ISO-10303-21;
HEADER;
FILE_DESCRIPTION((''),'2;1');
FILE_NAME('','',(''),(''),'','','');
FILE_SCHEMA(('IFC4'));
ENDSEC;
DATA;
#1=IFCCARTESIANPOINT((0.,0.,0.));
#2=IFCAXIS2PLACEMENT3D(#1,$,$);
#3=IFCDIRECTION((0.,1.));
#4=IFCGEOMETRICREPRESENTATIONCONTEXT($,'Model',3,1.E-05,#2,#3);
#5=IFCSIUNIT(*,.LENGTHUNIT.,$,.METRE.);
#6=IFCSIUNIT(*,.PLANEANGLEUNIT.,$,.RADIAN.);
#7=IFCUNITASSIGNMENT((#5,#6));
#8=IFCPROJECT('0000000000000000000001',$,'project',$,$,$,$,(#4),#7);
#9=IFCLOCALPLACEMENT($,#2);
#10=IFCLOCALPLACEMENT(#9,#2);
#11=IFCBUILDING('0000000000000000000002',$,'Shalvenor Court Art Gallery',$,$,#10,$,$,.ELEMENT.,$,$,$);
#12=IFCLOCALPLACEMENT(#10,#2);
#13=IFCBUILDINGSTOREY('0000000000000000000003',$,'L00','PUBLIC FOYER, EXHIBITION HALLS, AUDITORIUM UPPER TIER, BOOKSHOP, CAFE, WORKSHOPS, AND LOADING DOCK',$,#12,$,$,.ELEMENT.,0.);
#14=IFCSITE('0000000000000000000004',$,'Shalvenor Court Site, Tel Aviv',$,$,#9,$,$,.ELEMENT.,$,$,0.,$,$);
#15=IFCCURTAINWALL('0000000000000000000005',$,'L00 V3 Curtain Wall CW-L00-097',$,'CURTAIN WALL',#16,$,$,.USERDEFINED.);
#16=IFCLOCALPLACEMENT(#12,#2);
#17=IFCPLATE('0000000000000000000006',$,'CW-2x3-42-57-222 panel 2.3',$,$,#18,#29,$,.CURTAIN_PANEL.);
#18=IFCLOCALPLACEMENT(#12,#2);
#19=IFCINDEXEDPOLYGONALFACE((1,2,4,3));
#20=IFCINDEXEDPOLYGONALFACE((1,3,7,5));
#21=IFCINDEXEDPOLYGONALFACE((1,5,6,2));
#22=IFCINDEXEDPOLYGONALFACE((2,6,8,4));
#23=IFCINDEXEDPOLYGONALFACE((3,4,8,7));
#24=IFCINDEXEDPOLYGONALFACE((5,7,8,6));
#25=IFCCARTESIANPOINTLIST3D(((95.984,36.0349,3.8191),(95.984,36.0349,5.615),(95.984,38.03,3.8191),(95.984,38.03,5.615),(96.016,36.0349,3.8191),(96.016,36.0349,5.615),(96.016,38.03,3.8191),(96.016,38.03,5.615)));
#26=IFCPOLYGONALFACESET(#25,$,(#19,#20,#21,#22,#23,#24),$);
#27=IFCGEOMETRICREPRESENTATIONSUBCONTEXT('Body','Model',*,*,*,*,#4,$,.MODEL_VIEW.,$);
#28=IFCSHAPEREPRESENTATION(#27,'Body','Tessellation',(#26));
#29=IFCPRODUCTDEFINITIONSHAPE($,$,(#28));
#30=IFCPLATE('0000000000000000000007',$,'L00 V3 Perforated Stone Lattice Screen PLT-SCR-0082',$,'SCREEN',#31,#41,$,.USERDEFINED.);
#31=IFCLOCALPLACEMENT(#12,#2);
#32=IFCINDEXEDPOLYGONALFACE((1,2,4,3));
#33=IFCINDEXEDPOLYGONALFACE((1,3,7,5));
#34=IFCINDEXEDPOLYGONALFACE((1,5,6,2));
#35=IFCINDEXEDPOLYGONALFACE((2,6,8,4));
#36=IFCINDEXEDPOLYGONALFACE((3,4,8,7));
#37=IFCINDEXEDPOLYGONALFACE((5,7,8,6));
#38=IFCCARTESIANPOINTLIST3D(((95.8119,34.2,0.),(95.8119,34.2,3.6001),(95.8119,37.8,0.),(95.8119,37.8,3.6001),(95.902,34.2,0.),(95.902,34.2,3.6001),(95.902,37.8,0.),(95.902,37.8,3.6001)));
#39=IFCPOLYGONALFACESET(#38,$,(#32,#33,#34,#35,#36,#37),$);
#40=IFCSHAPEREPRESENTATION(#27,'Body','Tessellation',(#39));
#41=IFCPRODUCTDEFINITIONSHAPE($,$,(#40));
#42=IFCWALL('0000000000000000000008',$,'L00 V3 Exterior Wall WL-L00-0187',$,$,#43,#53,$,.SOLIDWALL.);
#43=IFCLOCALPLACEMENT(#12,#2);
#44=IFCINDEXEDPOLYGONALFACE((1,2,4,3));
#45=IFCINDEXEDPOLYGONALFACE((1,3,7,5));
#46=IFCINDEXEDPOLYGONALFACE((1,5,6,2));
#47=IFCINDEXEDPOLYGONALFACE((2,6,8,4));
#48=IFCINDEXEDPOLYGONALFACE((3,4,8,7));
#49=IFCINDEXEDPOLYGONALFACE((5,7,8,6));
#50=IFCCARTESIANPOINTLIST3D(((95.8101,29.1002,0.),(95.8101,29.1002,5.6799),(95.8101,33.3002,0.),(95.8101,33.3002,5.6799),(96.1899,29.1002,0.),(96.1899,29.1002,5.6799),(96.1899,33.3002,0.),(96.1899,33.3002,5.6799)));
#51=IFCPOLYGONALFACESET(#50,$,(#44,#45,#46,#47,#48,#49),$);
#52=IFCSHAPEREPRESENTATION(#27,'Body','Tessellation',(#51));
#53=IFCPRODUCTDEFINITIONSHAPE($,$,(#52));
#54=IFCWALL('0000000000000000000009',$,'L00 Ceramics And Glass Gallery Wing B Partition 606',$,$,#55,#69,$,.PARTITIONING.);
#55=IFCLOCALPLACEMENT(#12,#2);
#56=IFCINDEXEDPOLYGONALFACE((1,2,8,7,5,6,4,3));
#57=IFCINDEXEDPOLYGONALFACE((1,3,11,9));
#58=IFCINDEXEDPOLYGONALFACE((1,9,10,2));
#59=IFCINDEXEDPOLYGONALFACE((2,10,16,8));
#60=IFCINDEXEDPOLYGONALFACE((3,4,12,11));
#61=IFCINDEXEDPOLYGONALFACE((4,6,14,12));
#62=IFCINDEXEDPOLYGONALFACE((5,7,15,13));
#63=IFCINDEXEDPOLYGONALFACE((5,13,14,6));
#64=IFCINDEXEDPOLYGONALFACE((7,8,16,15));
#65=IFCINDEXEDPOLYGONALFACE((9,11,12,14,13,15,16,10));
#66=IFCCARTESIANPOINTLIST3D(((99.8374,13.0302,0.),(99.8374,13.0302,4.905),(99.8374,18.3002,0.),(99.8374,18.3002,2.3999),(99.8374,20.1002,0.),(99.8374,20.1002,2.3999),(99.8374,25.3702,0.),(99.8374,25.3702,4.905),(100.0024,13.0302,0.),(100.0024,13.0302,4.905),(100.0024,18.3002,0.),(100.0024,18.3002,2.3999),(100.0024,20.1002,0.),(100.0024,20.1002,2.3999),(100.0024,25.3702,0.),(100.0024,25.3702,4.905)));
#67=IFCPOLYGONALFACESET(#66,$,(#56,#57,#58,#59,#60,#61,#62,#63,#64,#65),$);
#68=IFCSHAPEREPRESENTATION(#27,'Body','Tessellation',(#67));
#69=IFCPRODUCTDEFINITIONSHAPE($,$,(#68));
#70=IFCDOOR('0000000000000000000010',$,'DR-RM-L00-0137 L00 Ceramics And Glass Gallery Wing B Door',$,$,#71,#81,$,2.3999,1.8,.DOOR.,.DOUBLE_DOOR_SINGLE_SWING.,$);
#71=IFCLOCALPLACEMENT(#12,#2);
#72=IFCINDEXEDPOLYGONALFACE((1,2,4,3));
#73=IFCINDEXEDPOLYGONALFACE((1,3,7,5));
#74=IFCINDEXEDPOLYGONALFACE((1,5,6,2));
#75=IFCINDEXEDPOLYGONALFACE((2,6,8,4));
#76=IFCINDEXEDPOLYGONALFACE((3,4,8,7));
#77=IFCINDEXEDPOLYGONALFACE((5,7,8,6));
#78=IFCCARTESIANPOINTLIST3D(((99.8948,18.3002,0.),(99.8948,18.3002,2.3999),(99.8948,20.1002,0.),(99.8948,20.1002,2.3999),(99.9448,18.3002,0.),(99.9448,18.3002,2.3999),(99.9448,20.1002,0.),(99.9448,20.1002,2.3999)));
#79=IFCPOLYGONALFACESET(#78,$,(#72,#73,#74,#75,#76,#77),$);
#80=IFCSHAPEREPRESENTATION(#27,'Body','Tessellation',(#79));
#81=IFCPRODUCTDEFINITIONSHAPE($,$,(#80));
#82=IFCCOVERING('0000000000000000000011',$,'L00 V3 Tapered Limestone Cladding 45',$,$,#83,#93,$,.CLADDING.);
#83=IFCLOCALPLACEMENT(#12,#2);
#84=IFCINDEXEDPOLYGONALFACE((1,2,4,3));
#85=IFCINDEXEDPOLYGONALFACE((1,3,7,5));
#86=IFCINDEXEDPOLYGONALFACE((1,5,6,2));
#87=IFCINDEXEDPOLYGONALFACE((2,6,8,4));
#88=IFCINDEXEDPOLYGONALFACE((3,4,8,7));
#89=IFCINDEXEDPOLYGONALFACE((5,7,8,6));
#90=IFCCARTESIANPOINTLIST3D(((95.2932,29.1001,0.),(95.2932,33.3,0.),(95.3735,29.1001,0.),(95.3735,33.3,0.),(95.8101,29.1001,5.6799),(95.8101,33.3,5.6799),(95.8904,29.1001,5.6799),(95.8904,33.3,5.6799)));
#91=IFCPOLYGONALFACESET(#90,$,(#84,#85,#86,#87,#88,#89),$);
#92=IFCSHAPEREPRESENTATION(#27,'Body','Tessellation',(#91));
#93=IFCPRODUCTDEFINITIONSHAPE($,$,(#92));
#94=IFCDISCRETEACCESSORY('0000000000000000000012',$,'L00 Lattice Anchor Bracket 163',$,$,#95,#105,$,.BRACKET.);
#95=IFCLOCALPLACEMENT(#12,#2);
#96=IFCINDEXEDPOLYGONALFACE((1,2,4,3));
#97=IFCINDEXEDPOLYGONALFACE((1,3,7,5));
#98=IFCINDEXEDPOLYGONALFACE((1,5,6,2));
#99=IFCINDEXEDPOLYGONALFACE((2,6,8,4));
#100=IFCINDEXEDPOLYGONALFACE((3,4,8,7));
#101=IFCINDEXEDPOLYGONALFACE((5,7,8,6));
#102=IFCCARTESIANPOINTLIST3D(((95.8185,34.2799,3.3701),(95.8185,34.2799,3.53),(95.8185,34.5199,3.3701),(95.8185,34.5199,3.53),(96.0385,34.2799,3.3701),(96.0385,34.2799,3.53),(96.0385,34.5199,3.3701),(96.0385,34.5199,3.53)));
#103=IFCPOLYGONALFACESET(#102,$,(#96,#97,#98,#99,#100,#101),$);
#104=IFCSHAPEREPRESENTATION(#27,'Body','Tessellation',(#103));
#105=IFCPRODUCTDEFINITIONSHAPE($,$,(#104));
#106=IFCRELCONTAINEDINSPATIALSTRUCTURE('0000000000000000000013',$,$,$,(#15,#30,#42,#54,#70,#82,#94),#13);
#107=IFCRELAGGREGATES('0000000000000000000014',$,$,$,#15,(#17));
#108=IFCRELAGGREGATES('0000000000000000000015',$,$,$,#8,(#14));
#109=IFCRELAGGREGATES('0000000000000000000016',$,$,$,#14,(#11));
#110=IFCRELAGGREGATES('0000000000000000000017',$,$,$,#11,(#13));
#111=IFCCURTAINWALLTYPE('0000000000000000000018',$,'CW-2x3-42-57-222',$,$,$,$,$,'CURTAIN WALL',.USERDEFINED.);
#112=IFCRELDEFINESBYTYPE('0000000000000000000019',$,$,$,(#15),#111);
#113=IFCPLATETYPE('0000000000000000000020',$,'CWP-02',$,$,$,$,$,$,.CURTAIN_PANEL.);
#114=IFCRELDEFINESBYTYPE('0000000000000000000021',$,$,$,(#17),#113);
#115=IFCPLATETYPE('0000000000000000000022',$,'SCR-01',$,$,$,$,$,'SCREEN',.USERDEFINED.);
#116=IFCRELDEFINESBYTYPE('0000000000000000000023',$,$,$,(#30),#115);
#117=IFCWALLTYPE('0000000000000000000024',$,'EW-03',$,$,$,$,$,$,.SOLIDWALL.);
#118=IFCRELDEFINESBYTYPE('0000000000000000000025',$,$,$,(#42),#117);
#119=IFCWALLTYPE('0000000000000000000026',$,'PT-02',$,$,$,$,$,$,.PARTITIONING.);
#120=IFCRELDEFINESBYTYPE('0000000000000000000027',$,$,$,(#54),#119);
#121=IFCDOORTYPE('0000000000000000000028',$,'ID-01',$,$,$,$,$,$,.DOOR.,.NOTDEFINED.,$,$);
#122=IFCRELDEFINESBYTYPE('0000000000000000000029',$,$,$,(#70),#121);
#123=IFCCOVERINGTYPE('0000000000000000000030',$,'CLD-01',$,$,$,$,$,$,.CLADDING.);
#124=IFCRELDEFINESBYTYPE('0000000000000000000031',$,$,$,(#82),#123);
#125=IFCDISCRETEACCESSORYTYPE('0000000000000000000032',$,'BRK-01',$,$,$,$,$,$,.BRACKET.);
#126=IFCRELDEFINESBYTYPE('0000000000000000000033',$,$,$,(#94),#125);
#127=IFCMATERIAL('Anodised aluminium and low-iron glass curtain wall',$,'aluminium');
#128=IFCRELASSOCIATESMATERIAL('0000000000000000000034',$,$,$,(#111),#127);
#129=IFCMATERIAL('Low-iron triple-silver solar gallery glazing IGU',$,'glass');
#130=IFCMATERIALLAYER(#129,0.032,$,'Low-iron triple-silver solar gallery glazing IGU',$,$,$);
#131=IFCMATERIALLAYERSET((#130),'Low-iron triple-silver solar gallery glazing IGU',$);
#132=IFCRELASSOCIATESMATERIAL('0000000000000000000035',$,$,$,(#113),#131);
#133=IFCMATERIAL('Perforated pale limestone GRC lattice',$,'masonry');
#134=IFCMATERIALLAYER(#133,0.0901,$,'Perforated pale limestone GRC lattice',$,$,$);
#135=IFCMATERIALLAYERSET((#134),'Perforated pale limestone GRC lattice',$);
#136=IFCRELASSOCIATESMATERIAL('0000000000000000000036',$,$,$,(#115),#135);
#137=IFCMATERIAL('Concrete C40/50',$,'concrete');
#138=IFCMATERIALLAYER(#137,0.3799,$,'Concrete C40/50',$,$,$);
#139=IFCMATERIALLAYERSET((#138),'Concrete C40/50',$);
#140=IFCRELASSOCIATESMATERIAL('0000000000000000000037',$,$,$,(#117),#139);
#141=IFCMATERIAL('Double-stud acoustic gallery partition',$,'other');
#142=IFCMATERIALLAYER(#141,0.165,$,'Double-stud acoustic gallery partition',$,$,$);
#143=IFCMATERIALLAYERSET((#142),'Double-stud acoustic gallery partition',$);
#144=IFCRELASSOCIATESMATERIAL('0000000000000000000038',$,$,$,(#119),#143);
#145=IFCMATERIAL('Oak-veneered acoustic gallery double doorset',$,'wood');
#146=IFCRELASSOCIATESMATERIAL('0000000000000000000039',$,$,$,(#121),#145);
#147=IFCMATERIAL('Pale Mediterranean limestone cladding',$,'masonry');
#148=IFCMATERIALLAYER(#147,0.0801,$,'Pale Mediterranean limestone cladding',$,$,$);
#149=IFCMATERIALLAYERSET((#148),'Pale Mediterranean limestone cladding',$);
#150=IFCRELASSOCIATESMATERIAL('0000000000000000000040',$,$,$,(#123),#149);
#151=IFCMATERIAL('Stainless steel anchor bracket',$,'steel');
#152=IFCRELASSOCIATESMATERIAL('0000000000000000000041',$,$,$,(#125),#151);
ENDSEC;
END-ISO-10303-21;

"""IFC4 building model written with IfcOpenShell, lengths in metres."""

from ifc_helpers import new_model, si_unit, direction, frame, frame_2d, origin, origin_2d, place, context, subcontext, project, spatial, polyline, rectangle, outline, extrude, material, layer, layer_set, type_object, element, fill, aggregate, save


model = new_model("IFC4")

# Units and contexts
model_context = context("Model", 3, precision=1e-05, world=origin(), true_north=direction((0.0, 1.0)))
body_context = subcontext(model_context, "Body", "Model", "MODEL_VIEW")
ifc_project = project(units=[si_unit("LENGTHUNIT", "METRE"), si_unit("PLANEANGLEUNIT", "RADIAN")], contexts=[model_context])

# Site, building, storey
site_placement = place(None, origin())
site = spatial("IfcSite", under=ifc_project, at=site_placement, Name="Shalvenor Court Site, Tel Aviv", CompositionType="ELEMENT", RefElevation=0.0)
building_placement = place(site_placement, origin())
building = spatial("IfcBuilding", under=site, at=building_placement, Name="Shalvenor Court Art Gallery", CompositionType="ELEMENT")
storey_placement = place(building_placement, origin())
storey = spatial("IfcBuildingStorey", under=building, at=storey_placement, Name="L00", Description="PUBLIC FOYER, EXHIBITION HALLS, AUDITORIUM UPPER TIER, BOOKSHOP, CAFE, WORKSHOPS, AND LOADING DOCK", CompositionType="ELEMENT", Elevation=0.0)

# Curtain wall
ifc_material_1 = material(Name="Anodised aluminium and low-iron glass curtain wall", Category="aluminium")
curtain_wall_type_1 = type_object("IfcCurtainWallType", Name="CW-2x3-42-57-222", ElementType="CURTAIN WALL", PredefinedType="USERDEFINED", material=ifc_material_1)
curtain_wall_1_placement = place(storey_placement, origin())
curtain_wall_1 = element("IfcCurtainWall", 1, at=curtain_wall_1_placement, inside=storey, type_object=curtain_wall_type_1, Name="L00 V3 Curtain Wall CW-L00-097", ObjectType="CURTAIN WALL", PredefinedType="USERDEFINED")

# Plates
ifc_material_2 = material(Name="Low-iron triple-silver solar gallery glazing IGU", Category="glass")
ifc_layer_1 = layer(ifc_material_2, 0.032, Name="Low-iron triple-silver solar gallery glazing IGU")
ifc_layer_set_1 = layer_set([ifc_layer_1], Name="Low-iron triple-silver solar gallery glazing IGU")
plate_type_1 = type_object("IfcPlateType", Name="CWP-02", PredefinedType="CURTAIN_PANEL", material=ifc_layer_set_1)
plate_1_placement = place(storey_placement, frame((96.0, 37.0325, 3.8191), z_axis=(0.0, 0.0, 1.0), x_axis=(0.0, 1.0, 0.0)))
plate_1 = element("IfcPlate", 2, at=plate_1_placement, type_object=plate_type_1, Name="CW-2x3-42-57-222 panel 2.3", PredefinedType="CURTAIN_PANEL", context=body_context, shape_type="SweptSolid", body=[
    extrude(rectangle(XDim=1.9951, YDim=0.032, at=origin_2d()), origin(), (0.0, 0.0, 1.0), 1.7959),
])
aggregate(curtain_wall_1, [plate_1])
ifc_material_3 = material(Name="Perforated pale limestone GRC lattice", Category="masonry")
ifc_layer_2 = layer(ifc_material_3, 0.0901, Name="Perforated pale limestone GRC lattice")
ifc_layer_set_2 = layer_set([ifc_layer_2], Name="Perforated pale limestone GRC lattice")
plate_type_2 = type_object("IfcPlateType", Name="SCR-01", ElementType="SCREEN", PredefinedType="USERDEFINED", material=ifc_layer_set_2)
plate_2_placement = place(storey_placement, frame((95.8569, 36.0, 0.0), z_axis=(0.0, 0.0, 1.0), x_axis=(0.0, 1.0, 0.0)))
element("IfcPlate", 3, at=plate_2_placement, inside=storey, type_object=plate_type_2, Name="L00 V3 Perforated Stone Lattice Screen PLT-SCR-0082", ObjectType="SCREEN", PredefinedType="USERDEFINED", context=body_context, shape_type="SweptSolid", body=[
    extrude(rectangle(XDim=3.6001, YDim=0.0901, at=origin_2d()), origin(), (0.0, 0.0, 1.0), 3.6001),
])

# Wall
ifc_material_4 = material(Name="Concrete C40/50", Category="concrete")
ifc_layer_3 = layer(ifc_material_4, 0.3799, Name="Concrete C40/50")
ifc_layer_set_3 = layer_set([ifc_layer_3], Name="Concrete C40/50")
wall_type_1 = type_object("IfcWallType", Name="EW-03", PredefinedType="SOLIDWALL", material=ifc_layer_set_3)
wall_1_placement = place(storey_placement, frame((96.0, 29.1001, 0.0), z_axis=(0.0, 0.0, 1.0), x_axis=(0.0, 1.0, 0.0)))
element("IfcWall", 4, at=wall_1_placement, inside=storey, type_object=wall_type_1, Name="L00 V3 Exterior Wall WL-L00-0187", PredefinedType="SOLIDWALL", context=body_context, shape_type="SweptSolid", body=[
    extrude(rectangle(XDim=4.2, YDim=0.3799, at=frame_2d((2.1001, 0.0))), origin(), (0.0, 0.0, 1.0), 5.6799),
])

# Wall, opening, door
ifc_material_5 = material(Name="Double-stud acoustic gallery partition", Category="other")
ifc_layer_4 = layer(ifc_material_5, 0.165, Name="Double-stud acoustic gallery partition")
ifc_layer_set_4 = layer_set([ifc_layer_4], Name="Double-stud acoustic gallery partition")
wall_type_2 = type_object("IfcWallType", Name="PT-02", PredefinedType="PARTITIONING", material=ifc_layer_set_4)
wall_2_placement = place(storey_placement, frame((99.9199, 25.3701, 0.0), z_axis=(0.0, 0.0, 1.0), x_axis=(0.0, -1.0, 0.0)))
wall_2 = element("IfcWall", 5, at=wall_2_placement, inside=storey, type_object=wall_type_2, Name="L00 Ceramics And Glass Gallery Wing B Partition 606", PredefinedType="PARTITIONING", context=body_context, shape_type="SweptSolid", body=[
    extrude(rectangle(XDim=12.3401, YDim=0.165, at=frame_2d((6.1699, 0.0))), origin(), (0.0, 0.0, 1.0), 4.905),
])
opening_placement = place(wall_2_placement, frame((5.27, 0.0, 0.0)))
opening = element("IfcOpeningElement", 6, at=opening_placement, cuts=wall_2, PredefinedType="OPENING", context=body_context, shape_type="SweptSolid", body=[
    extrude(rectangle(XDim=1.8, YDim=2.3999, at=frame_2d((0.8999, 1.2))), frame((0.0, 0.0925, 0.0), z_axis=(0.0, -1.0, 0.0), x_axis=(1.0, 0.0, 0.0)), (0.0, 0.0, 1.0), 0.1851),
])
ifc_material_6 = material(Name="Oak-veneered acoustic gallery double doorset", Category="wood")
door_type = type_object("IfcDoorType", Name="ID-01", OperationType="NOTDEFINED", PredefinedType="DOOR", material=ifc_material_6)
door_placement = place(opening_placement, origin())
door = element("IfcDoor", 7, at=door_placement, inside=storey, type_object=door_type, Name="DR-RM-L00-0137 L00 Ceramics And Glass Gallery Wing B Door", OperationType="DOUBLE_DOOR_SINGLE_SWING", OverallHeight=2.3999, OverallWidth=1.8, PredefinedType="DOOR", context=body_context, shape_type="SweptSolid", body=[
    extrude(rectangle(XDim=1.8, YDim=2.3999, at=frame_2d((0.8999, 1.2))), frame((0.0, 0.0249, 0.0), z_axis=(0.0, -1.0, 0.0), x_axis=(1.0, 0.0, 0.0)), (0.0, 0.0, 1.0), 0.05),
])
fill(opening, door)

# Covering
ifc_material_7 = material(Name="Pale Mediterranean limestone cladding", Category="masonry")
ifc_layer_5 = layer(ifc_material_7, 0.0801, Name="Pale Mediterranean limestone cladding")
ifc_layer_set_5 = layer_set([ifc_layer_5], Name="Pale Mediterranean limestone cladding")
covering_type = type_object("IfcCoveringType", Name="CLD-01", PredefinedType="CLADDING", material=ifc_layer_set_5)
covering_placement = place(storey_placement, frame((95.2932, 33.3, 0.0), z_axis=(0.0, 0.0, 1.0), x_axis=(0.0, -1.0, 0.0)))
element("IfcCovering", 8, at=covering_placement, inside=storey, type_object=covering_type, Name="L00 V3 Tapered Limestone Cladding 45", PredefinedType="CLADDING", context=body_context, shape_type="SweptSolid", body=[
    extrude(outline(polyline([(0.0, 0.0), (4.2, 0.0), (4.2, 5.7034), (0.0, 5.7034), (0.0, 0.0)])), frame((0.0, 0.0, 0.0), z_axis=(0.0, -0.995884, 0.090633), x_axis=(1.0, 0.0, 0.0)), (0.0, 0.090633, -0.995884), 0.0803),
])

# Discrete accessory
ifc_material_8 = material(Name="Stainless steel anchor bracket", Category="steel")
discrete_accessory_type = type_object("IfcDiscreteAccessoryType", Name="BRK-01", PredefinedType="BRACKET", material=ifc_material_8)
discrete_accessory_placement = place(storey_placement, frame((95.9285, 34.3999, 3.3701), z_axis=(0.0, 0.0, 1.0), x_axis=(0.0, 1.0, 0.0)))
element("IfcDiscreteAccessory", 9, at=discrete_accessory_placement, inside=storey, type_object=discrete_accessory_type, Name="L00 Lattice Anchor Bracket 163", PredefinedType="BRACKET", context=body_context, shape_type="SweptSolid", body=[
    extrude(rectangle(XDim=0.24, YDim=0.22, at=origin_2d()), origin(), (0.0, 0.0, 1.0), 0.1599),
])

save(model, "model.ifc")
